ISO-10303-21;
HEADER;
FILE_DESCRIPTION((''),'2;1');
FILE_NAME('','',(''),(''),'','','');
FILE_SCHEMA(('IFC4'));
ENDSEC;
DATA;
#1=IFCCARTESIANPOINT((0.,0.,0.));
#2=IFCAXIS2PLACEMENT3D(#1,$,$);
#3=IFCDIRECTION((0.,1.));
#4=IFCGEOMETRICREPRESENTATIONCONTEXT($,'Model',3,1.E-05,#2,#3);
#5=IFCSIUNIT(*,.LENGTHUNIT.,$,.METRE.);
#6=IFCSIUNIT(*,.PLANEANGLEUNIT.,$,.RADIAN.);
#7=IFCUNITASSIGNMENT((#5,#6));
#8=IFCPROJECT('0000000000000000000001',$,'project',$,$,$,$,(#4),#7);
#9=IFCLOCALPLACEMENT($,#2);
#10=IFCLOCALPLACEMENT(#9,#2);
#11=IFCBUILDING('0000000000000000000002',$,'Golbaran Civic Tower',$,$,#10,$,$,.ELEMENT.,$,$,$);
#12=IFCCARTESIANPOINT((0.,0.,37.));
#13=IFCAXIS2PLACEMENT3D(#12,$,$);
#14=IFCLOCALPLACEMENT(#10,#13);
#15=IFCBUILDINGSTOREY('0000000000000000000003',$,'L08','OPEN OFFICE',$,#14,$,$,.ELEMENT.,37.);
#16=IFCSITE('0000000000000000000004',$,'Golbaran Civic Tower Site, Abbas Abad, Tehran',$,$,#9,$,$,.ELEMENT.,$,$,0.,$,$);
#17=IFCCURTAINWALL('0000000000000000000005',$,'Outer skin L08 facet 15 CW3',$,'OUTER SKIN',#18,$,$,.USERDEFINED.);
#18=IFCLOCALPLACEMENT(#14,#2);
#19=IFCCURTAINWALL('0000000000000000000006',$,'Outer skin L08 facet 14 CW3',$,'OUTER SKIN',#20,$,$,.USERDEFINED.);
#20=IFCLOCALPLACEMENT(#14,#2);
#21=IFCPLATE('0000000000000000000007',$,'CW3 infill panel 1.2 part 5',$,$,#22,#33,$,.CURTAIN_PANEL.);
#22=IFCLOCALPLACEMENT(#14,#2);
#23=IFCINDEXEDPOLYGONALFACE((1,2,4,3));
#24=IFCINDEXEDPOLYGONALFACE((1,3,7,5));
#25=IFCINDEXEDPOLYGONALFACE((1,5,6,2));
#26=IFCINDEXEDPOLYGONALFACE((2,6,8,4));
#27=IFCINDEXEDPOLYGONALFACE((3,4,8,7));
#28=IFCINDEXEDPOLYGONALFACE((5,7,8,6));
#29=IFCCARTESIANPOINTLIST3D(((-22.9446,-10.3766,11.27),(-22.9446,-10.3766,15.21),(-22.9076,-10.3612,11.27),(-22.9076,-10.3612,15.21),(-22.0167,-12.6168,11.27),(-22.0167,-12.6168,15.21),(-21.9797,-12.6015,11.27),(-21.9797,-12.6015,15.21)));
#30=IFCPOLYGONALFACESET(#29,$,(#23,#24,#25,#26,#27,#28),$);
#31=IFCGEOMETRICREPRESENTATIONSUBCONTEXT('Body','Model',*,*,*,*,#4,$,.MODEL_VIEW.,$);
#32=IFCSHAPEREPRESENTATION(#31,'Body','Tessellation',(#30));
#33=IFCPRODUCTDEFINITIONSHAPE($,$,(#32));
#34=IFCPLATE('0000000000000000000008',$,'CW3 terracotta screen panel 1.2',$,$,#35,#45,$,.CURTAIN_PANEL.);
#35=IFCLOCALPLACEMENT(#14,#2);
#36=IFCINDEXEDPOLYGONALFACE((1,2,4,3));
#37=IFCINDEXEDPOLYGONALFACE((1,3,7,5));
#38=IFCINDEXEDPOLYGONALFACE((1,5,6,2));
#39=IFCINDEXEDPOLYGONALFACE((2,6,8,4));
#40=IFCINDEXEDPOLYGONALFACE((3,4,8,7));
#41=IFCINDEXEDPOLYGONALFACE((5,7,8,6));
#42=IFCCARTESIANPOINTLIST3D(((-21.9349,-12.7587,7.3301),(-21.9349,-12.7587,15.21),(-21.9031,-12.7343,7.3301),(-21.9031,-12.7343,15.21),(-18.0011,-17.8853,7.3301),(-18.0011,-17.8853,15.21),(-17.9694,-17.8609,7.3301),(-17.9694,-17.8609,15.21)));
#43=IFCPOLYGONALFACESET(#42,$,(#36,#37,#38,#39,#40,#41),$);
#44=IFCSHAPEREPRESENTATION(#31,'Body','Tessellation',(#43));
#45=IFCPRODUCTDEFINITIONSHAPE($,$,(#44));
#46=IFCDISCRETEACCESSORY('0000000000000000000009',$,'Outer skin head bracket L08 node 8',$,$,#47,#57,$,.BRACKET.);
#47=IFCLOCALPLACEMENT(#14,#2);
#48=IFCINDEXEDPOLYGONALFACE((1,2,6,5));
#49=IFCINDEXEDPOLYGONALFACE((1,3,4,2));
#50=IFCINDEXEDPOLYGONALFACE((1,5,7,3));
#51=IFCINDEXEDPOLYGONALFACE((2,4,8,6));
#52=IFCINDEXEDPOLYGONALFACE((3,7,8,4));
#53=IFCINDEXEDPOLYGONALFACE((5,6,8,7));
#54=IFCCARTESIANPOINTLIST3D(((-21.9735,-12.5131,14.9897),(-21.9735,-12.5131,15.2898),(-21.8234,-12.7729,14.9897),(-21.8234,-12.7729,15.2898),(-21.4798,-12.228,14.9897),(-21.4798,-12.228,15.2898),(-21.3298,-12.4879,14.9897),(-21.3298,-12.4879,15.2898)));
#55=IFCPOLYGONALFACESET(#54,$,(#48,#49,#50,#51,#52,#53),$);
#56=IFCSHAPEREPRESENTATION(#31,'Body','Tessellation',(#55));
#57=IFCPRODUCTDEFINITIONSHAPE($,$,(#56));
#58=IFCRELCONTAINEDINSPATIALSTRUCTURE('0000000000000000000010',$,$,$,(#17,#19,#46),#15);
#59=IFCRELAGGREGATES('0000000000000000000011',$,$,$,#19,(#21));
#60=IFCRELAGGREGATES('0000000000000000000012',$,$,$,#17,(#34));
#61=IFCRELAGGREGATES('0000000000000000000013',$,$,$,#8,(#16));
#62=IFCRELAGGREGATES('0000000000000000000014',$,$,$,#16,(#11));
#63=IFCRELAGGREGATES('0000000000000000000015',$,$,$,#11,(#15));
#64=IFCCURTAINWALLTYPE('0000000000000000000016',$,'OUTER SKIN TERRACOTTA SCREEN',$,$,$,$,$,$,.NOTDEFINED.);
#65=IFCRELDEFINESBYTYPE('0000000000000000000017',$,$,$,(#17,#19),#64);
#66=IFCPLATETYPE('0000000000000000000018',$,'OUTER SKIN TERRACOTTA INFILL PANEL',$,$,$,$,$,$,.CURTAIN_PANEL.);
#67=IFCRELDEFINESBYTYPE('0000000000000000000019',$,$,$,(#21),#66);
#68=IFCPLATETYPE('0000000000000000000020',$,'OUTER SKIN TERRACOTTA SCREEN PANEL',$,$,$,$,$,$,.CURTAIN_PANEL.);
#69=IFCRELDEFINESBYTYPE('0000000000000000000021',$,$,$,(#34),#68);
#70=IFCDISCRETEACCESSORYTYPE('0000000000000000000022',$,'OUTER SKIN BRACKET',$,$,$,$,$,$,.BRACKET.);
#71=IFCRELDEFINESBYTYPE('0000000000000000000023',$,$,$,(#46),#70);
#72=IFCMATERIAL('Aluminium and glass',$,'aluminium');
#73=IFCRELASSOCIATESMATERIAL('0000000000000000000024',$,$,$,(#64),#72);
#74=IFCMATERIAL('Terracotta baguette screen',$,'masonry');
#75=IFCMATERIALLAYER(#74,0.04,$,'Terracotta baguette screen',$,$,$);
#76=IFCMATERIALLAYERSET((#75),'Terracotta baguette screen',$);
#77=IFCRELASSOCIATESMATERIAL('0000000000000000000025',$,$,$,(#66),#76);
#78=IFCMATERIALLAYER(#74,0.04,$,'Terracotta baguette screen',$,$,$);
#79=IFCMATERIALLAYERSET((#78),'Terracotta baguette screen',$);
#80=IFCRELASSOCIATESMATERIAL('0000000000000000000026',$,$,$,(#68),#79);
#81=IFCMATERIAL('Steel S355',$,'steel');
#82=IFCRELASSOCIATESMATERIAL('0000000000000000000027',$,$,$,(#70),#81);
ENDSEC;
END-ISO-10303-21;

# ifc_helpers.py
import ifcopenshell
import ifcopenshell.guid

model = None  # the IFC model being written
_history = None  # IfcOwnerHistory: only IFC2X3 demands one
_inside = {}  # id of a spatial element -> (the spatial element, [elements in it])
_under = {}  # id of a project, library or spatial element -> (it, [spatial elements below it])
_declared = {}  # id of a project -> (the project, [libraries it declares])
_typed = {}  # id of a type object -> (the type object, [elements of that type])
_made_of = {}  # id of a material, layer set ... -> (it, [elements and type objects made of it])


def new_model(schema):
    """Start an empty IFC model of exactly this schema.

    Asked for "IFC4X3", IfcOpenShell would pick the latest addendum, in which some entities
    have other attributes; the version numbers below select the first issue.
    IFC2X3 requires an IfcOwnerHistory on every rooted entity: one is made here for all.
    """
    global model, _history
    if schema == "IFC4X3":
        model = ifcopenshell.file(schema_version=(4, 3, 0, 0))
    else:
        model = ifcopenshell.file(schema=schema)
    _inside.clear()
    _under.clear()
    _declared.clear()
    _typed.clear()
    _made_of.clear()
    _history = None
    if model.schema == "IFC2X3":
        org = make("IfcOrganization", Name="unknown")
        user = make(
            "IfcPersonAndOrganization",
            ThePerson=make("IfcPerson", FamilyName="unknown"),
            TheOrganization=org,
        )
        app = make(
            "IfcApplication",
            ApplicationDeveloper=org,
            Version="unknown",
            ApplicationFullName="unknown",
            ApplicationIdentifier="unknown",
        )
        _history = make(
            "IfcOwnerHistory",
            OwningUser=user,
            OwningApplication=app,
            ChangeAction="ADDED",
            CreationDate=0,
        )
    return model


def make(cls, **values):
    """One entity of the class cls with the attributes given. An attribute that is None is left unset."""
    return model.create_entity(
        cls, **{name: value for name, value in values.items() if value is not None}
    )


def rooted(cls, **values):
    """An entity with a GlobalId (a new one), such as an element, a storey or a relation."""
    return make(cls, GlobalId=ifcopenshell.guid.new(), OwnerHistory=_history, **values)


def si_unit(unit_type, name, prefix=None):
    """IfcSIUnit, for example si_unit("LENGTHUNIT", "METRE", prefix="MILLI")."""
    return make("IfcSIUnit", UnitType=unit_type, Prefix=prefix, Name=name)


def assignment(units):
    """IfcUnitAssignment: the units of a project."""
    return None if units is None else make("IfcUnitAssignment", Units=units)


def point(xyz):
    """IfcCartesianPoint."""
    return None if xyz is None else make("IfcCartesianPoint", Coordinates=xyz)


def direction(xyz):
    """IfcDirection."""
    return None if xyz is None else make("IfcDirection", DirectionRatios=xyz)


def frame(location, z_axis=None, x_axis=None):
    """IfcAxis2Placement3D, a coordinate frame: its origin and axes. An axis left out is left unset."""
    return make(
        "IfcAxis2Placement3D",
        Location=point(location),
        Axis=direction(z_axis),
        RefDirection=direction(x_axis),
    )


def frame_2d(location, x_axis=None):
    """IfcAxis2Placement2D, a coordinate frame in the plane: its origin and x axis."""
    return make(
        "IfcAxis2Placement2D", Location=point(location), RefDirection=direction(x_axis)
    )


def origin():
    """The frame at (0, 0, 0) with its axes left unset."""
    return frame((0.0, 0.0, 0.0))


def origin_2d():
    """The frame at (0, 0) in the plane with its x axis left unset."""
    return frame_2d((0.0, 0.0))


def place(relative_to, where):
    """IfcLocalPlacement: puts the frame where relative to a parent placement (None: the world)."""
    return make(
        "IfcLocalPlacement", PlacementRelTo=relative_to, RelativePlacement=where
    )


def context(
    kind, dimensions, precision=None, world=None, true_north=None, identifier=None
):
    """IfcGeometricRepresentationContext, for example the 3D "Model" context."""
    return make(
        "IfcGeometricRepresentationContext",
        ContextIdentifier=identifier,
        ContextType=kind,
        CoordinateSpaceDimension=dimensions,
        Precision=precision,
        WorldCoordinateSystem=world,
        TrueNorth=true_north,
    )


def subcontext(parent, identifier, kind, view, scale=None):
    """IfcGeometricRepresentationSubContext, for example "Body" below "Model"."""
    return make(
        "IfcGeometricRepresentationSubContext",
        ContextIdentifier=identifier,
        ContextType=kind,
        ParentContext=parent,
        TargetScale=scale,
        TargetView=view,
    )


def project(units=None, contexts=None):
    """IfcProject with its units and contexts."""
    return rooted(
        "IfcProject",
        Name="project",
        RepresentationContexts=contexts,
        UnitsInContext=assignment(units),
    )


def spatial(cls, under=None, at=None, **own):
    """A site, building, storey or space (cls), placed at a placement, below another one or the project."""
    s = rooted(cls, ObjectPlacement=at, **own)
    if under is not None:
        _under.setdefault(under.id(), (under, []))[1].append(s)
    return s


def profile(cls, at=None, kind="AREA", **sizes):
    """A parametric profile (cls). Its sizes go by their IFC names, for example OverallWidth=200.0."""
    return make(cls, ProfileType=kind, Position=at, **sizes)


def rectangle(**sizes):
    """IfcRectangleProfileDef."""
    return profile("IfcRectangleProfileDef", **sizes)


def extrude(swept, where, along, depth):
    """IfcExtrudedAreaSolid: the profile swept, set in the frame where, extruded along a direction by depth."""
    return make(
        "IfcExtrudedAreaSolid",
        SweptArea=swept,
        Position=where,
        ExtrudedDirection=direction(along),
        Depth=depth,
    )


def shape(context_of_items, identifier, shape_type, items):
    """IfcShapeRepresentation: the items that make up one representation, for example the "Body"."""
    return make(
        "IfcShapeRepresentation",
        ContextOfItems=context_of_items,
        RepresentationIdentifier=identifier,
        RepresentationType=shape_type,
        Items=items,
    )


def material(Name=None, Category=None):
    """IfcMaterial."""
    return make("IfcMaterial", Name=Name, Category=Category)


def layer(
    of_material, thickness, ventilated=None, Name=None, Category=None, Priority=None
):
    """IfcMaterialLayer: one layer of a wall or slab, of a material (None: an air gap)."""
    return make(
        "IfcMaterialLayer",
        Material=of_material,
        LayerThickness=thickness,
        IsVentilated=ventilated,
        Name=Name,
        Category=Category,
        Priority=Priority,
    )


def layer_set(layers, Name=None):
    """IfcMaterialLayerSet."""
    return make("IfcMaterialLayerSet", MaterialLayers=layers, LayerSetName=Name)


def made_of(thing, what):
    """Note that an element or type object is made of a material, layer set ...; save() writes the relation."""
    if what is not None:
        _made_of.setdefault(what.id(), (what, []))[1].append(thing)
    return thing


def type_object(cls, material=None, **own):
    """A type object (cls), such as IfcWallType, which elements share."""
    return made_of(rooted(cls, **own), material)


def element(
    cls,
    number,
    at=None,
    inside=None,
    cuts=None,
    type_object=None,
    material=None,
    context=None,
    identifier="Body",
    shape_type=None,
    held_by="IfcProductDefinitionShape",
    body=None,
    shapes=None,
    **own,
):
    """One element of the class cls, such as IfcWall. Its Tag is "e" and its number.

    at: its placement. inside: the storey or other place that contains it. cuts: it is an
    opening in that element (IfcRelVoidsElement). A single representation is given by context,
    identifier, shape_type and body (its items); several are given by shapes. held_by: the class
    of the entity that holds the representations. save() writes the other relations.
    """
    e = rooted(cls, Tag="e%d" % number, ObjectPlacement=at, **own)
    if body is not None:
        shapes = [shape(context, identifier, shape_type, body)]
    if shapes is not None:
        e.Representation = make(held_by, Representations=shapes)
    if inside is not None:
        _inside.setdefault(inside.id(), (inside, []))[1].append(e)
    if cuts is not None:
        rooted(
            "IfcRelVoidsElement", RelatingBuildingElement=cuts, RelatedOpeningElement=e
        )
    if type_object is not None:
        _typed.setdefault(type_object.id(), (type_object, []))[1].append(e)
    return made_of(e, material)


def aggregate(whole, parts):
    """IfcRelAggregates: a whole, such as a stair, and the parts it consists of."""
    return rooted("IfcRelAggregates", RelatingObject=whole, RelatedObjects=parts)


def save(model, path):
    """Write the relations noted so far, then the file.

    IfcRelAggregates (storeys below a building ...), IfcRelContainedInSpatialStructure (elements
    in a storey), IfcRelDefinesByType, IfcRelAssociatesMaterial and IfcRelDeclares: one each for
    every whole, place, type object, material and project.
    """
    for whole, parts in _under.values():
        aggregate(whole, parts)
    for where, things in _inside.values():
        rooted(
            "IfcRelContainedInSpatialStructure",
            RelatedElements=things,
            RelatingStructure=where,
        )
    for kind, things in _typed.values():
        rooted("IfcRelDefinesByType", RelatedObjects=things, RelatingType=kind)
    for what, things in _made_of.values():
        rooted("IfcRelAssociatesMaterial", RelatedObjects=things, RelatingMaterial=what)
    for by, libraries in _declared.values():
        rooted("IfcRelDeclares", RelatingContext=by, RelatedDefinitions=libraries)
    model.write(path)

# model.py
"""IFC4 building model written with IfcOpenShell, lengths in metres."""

from ifc_helpers import new_model, si_unit, direction, frame, origin, origin_2d, place, context, subcontext, project, spatial, rectangle, extrude, material, layer, layer_set, type_object, element, aggregate, save


model = new_model("IFC4")

# Units and contexts
model_context = context("Model", 3, precision=1e-05, world=origin(), true_north=direction((0.0, 1.0)))
body_context = subcontext(model_context, "Body", "Model", "MODEL_VIEW")
ifc_project = project(units=[si_unit("LENGTHUNIT", "METRE"), si_unit("PLANEANGLEUNIT", "RADIAN")], contexts=[model_context])

# Site, building, storey
site_placement = place(None, origin())
site = spatial("IfcSite", under=ifc_project, at=site_placement, Name="Golbaran Civic Tower Site, Abbas Abad, Tehran", CompositionType="ELEMENT", RefElevation=0.0)
building_placement = place(site_placement, origin())
building = spatial("IfcBuilding", under=site, at=building_placement, Name="Golbaran Civic Tower", CompositionType="ELEMENT")
storey_placement = place(building_placement, frame((0.0, 0.0, 37.0)))
storey = spatial("IfcBuildingStorey", under=building, at=storey_placement, Name="L08", Description="OPEN OFFICE", CompositionType="ELEMENT", Elevation=37.0)

# Curtain wall
ifc_material_1 = material(Name="Aluminium and glass", Category="aluminium")
curtain_wall_type_1 = type_object("IfcCurtainWallType", Name="OUTER SKIN TERRACOTTA SCREEN", PredefinedType="NOTDEFINED", material=ifc_material_1)
curtain_wall_1_placement = place(storey_placement, origin())
curtain_wall_1 = element("IfcCurtainWall", 1, at=curtain_wall_1_placement, inside=storey, type_object=curtain_wall_type_1, Name="Outer skin L08 facet 15 CW3", ObjectType="OUTER SKIN", PredefinedType="USERDEFINED")

# Curtain wall
curtain_wall_2_placement = place(storey_placement, origin())
curtain_wall_2 = element("IfcCurtainWall", 2, at=curtain_wall_2_placement, inside=storey, type_object=curtain_wall_type_1, Name="Outer skin L08 facet 14 CW3", ObjectType="OUTER SKIN", PredefinedType="USERDEFINED")

# Plates
ifc_material_2 = material(Name="Terracotta baguette screen", Category="masonry")
ifc_layer_1 = layer(ifc_material_2, 0.04, Name="Terracotta baguette screen")
ifc_layer_set_1 = layer_set([ifc_layer_1], Name="Terracotta baguette screen")
plate_type_1 = type_object("IfcPlateType", Name="OUTER SKIN TERRACOTTA INFILL PANEL", PredefinedType="CURTAIN_PANEL", material=ifc_layer_set_1)
plate_1_placement = place(storey_placement, frame((-22.4622, -11.489, 11.27), z_axis=(0.0, 0.0, 1.0), x_axis=(0.382683, -0.92388, 0.0)))
plate_1 = element("IfcPlate", 3, at=plate_1_placement, type_object=plate_type_1, Name="CW3 infill panel 1.2 part 5", PredefinedType="CURTAIN_PANEL", context=body_context, shape_type="SweptSolid", body=[
    extrude(rectangle(XDim=2.4248, YDim=0.04, at=origin_2d()), origin(), (0.0, 0.0, 1.0), 3.9399),
])
aggregate(curtain_wall_2, [plate_1])
ifc_layer_2 = layer(ifc_material_2, 0.04, Name="Terracotta baguette screen")
ifc_layer_set_2 = layer_set([ifc_layer_2], Name="Terracotta baguette screen")
plate_type_2 = type_object("IfcPlateType", Name="OUTER SKIN TERRACOTTA SCREEN PANEL", PredefinedType="CURTAIN_PANEL", material=ifc_layer_set_2)
plate_2_placement = place(storey_placement, frame((-19.9521, -15.3098, 7.3301), z_axis=(0.0, 0.0, 1.0), x_axis=(0.608761, -0.793353, 0.0)))
plate_2 = element("IfcPlate", 4, at=plate_2_placement, type_object=plate_type_2, Name="CW3 terracotta screen panel 1.2", PredefinedType="CURTAIN_PANEL", context=body_context, shape_type="SweptSolid", body=[
    extrude(rectangle(XDim=6.4619, YDim=0.04, at=origin_2d()), origin(), (0.0, 0.0, 1.0), 7.8799),
])
aggregate(curtain_wall_1, [plate_2])

# Discrete accessory
ifc_material_3 = material(Name="Steel S355", Category="steel")
discrete_accessory_type = type_object("IfcDiscreteAccessoryType", Name="OUTER SKIN BRACKET", PredefinedType="BRACKET", material=ifc_material_3)
discrete_accessory_placement = place(storey_placement, frame((-21.6516, -12.5005, 14.9897), z_axis=(0.0, 0.0, 1.0), x_axis=(-0.866025, -0.5, 0.0)))
element("IfcDiscreteAccessory", 5, at=discrete_accessory_placement, inside=storey, type_object=discrete_accessory_type, Name="Outer skin head bracket L08 node 8", PredefinedType="BRACKET", context=body_context, shape_type="SweptSolid", body=[
    extrude(rectangle(XDim=0.5701, YDim=0.3, at=origin_2d()), origin(), (0.0, 0.0, 1.0), 0.3),
])

save(model, "model.ifc")
